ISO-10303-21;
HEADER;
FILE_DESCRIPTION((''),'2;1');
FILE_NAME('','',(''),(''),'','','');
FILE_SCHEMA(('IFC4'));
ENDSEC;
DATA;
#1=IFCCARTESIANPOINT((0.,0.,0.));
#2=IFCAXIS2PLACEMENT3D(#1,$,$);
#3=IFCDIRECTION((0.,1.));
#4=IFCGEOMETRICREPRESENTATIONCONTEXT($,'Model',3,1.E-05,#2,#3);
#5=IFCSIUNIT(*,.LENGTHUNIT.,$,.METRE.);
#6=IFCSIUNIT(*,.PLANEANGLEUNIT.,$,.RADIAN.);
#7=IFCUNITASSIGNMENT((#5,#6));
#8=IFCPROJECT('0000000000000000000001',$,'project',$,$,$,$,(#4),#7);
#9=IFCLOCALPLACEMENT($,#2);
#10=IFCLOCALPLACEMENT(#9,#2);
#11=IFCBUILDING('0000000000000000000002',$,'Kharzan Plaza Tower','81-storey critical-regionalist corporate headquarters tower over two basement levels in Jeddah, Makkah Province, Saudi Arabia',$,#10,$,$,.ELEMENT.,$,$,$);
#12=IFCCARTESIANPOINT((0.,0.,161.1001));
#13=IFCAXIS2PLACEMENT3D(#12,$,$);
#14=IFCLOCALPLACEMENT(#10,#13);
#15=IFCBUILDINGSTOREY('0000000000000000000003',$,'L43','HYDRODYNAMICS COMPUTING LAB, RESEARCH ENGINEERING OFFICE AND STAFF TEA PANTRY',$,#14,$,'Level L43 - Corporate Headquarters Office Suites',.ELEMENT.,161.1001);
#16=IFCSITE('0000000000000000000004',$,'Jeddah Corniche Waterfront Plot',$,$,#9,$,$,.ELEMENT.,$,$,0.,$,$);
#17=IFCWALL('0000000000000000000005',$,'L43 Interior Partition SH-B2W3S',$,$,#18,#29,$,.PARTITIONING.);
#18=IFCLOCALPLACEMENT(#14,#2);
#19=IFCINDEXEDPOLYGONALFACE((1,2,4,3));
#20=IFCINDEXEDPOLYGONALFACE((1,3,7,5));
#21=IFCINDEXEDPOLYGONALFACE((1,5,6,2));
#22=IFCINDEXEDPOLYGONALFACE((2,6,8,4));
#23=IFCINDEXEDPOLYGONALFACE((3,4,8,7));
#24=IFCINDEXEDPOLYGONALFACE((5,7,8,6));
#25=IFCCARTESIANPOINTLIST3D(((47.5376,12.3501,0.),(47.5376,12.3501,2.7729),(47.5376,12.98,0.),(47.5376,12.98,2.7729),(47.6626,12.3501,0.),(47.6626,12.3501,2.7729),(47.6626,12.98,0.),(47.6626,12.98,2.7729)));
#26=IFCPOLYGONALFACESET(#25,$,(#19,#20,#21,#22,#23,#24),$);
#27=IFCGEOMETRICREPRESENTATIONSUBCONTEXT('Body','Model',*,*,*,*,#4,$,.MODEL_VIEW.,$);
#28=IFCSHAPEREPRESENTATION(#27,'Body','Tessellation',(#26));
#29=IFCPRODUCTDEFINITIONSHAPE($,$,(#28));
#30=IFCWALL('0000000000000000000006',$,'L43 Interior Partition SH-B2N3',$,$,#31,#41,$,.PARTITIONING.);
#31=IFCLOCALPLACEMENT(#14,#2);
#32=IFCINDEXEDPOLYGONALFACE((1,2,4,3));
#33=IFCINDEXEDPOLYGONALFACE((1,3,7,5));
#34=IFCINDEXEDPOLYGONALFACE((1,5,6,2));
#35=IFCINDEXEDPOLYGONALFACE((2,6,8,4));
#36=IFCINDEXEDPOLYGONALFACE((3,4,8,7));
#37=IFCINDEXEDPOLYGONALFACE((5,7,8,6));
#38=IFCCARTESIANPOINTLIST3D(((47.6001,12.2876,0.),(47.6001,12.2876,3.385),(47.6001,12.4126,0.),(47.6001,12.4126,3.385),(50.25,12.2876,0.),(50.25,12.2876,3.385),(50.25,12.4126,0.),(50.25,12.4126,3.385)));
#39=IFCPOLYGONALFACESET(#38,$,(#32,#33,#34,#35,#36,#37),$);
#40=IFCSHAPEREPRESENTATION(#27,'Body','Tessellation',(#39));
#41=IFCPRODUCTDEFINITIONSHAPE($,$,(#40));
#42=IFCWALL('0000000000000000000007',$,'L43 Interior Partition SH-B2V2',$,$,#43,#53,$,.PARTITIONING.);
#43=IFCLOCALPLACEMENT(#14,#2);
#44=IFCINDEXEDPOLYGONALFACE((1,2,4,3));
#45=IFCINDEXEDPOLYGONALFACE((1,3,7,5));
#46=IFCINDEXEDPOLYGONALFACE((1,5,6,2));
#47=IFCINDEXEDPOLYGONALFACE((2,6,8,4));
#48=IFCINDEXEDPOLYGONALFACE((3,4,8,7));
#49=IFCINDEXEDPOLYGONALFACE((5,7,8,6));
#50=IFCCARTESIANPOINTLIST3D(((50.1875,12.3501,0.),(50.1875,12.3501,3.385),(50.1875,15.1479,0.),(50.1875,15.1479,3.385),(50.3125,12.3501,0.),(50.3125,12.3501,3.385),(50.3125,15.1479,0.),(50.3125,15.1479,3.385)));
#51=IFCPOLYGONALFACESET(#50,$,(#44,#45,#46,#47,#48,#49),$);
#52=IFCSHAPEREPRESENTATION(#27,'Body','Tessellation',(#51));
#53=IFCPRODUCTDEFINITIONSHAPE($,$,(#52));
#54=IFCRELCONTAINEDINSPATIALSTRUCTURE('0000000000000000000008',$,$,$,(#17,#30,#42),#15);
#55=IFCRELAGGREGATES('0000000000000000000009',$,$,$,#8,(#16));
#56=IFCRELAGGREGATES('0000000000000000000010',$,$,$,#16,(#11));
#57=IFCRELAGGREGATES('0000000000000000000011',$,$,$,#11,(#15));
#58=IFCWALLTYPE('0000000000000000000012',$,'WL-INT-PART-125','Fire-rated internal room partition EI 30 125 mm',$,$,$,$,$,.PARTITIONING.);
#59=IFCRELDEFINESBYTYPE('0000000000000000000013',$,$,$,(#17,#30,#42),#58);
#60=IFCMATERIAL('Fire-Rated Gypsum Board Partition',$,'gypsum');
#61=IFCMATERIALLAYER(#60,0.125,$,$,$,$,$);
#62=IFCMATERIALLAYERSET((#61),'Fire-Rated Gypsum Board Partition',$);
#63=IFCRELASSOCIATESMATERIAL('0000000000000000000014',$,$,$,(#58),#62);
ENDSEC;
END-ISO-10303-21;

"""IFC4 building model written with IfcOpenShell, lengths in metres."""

from ifc_helpers import new_model, si_unit, direction, frame, frame_2d, origin, place, context, subcontext, project, spatial, rectangle, extrude, source, transform, mapped, material, layer, layer_set, type_object, element, save


model = new_model("IFC4")

# Units and contexts
model_context = context("Model", 3, precision=1e-05, world=origin(), true_north=direction((0.0, 1.0)))
body_context = subcontext(model_context, "Body", "Model", "MODEL_VIEW")
ifc_project = project(units=[si_unit("LENGTHUNIT", "METRE"), si_unit("PLANEANGLEUNIT", "RADIAN")], contexts=[model_context])

# Site, building, storey
site_placement = place(None, origin())
site = spatial("IfcSite", under=ifc_project, at=site_placement, Name="Jeddah Corniche Waterfront Plot", CompositionType="ELEMENT", RefElevation=0.0)
building_placement = place(site_placement, origin())
building = spatial("IfcBuilding", under=site, at=building_placement, Name="Kharzan Plaza Tower", Description="81-storey critical-regionalist corporate headquarters tower over two basement levels in Jeddah, Makkah Province, Saudi Arabia", CompositionType="ELEMENT")
storey_placement = place(building_placement, frame((0.0, 0.0, 161.1001)))
storey = spatial("IfcBuildingStorey", under=building, at=storey_placement, Name="L43", Description="HYDRODYNAMICS COMPUTING LAB, RESEARCH ENGINEERING OFFICE AND STAFF TEA PANTRY", LongName="Level L43 - Corporate Headquarters Office Suites", CompositionType="ELEMENT", Elevation=161.1001)

# Shared definitions
ifc_material_1 = material(Name="Fire-Rated Gypsum Board Partition", Category="gypsum")
ifc_layer_1 = layer(ifc_material_1, 0.125)
ifc_layer_set_1 = layer_set([ifc_layer_1], Name="Fire-Rated Gypsum Board Partition")
wall_type_1 = type_object("IfcWallType", Name="WL-INT-PART-125", Description="Fire-rated internal room partition EI 30 125 mm", PredefinedType="PARTITIONING", material=ifc_layer_set_1)

# Walls
shared_shape_1 = source(origin(), body_context, "Body", "SweptSolid", [
    extrude(rectangle(XDim=0.6299, YDim=0.125, at=frame_2d((0.3149, 0.0))), origin(), (0.0, 0.0, 1.0), 2.7729),
])
wall_1_placement = place(storey_placement, frame((47.6001, 12.3501, 0.0), z_axis=(0.0, 0.0, 1.0), x_axis=(0.0, 1.0, 0.0)))
element("IfcWall", 1, at=wall_1_placement, inside=storey, type_object=wall_type_1, Name="L43 Interior Partition SH-B2W3S", PredefinedType="PARTITIONING", context=body_context, shape_type="MappedRepresentation", body=[
    mapped(shared_shape_1, transform((0.0, 0.0, 0.0), x_axis=(1.0, 0.0, 0.0), y_axis=(0.0, 1.0, 0.0), z_axis=(0.0, 0.0, 1.0))),
])
shared_shape_2 = source(origin(), body_context, "Body", "SweptSolid", [
    extrude(rectangle(XDim=2.6499, YDim=0.125, at=frame_2d((1.325, 0.0))), origin(), (0.0, 0.0, 1.0), 3.385),
])
wall_2_placement = place(storey_placement, frame((47.6001, 12.3501, 0.0), z_axis=(0.0, 0.0, 1.0), x_axis=(1.0, 0.0, 0.0)))
element("IfcWall", 2, at=wall_2_placement, inside=storey, type_object=wall_type_1, Name="L43 Interior Partition SH-B2N3", PredefinedType="PARTITIONING", context=body_context, shape_type="MappedRepresentation", body=[
    mapped(shared_shape_2, transform((0.0, 0.0, 0.0), x_axis=(1.0, 0.0, 0.0), y_axis=(0.0, 1.0, 0.0), z_axis=(0.0, 0.0, 1.0))),
])
shared_shape_3 = source(origin(), body_context, "Body", "SweptSolid", [
    extrude(rectangle(XDim=2.7979, YDim=0.125, at=frame_2d((1.3989, 0.0))), origin(), (0.0, 0.0, 1.0), 3.385),
])
wall_3_placement = place(storey_placement, frame((50.25, 12.3501, 0.0), z_axis=(0.0, 0.0, 1.0), x_axis=(0.0, 1.0, 0.0)))
element("IfcWall", 3, at=wall_3_placement, inside=storey, type_object=wall_type_1, Name="L43 Interior Partition SH-B2V2", PredefinedType="PARTITIONING", context=body_context, shape_type="MappedRepresentation", body=[
    mapped(shared_shape_3, transform((0.0, 0.0, 0.0), x_axis=(1.0, 0.0, 0.0), y_axis=(0.0, 1.0, 0.0), z_axis=(0.0, 0.0, 1.0))),
])

save(model, "model.ifc")
